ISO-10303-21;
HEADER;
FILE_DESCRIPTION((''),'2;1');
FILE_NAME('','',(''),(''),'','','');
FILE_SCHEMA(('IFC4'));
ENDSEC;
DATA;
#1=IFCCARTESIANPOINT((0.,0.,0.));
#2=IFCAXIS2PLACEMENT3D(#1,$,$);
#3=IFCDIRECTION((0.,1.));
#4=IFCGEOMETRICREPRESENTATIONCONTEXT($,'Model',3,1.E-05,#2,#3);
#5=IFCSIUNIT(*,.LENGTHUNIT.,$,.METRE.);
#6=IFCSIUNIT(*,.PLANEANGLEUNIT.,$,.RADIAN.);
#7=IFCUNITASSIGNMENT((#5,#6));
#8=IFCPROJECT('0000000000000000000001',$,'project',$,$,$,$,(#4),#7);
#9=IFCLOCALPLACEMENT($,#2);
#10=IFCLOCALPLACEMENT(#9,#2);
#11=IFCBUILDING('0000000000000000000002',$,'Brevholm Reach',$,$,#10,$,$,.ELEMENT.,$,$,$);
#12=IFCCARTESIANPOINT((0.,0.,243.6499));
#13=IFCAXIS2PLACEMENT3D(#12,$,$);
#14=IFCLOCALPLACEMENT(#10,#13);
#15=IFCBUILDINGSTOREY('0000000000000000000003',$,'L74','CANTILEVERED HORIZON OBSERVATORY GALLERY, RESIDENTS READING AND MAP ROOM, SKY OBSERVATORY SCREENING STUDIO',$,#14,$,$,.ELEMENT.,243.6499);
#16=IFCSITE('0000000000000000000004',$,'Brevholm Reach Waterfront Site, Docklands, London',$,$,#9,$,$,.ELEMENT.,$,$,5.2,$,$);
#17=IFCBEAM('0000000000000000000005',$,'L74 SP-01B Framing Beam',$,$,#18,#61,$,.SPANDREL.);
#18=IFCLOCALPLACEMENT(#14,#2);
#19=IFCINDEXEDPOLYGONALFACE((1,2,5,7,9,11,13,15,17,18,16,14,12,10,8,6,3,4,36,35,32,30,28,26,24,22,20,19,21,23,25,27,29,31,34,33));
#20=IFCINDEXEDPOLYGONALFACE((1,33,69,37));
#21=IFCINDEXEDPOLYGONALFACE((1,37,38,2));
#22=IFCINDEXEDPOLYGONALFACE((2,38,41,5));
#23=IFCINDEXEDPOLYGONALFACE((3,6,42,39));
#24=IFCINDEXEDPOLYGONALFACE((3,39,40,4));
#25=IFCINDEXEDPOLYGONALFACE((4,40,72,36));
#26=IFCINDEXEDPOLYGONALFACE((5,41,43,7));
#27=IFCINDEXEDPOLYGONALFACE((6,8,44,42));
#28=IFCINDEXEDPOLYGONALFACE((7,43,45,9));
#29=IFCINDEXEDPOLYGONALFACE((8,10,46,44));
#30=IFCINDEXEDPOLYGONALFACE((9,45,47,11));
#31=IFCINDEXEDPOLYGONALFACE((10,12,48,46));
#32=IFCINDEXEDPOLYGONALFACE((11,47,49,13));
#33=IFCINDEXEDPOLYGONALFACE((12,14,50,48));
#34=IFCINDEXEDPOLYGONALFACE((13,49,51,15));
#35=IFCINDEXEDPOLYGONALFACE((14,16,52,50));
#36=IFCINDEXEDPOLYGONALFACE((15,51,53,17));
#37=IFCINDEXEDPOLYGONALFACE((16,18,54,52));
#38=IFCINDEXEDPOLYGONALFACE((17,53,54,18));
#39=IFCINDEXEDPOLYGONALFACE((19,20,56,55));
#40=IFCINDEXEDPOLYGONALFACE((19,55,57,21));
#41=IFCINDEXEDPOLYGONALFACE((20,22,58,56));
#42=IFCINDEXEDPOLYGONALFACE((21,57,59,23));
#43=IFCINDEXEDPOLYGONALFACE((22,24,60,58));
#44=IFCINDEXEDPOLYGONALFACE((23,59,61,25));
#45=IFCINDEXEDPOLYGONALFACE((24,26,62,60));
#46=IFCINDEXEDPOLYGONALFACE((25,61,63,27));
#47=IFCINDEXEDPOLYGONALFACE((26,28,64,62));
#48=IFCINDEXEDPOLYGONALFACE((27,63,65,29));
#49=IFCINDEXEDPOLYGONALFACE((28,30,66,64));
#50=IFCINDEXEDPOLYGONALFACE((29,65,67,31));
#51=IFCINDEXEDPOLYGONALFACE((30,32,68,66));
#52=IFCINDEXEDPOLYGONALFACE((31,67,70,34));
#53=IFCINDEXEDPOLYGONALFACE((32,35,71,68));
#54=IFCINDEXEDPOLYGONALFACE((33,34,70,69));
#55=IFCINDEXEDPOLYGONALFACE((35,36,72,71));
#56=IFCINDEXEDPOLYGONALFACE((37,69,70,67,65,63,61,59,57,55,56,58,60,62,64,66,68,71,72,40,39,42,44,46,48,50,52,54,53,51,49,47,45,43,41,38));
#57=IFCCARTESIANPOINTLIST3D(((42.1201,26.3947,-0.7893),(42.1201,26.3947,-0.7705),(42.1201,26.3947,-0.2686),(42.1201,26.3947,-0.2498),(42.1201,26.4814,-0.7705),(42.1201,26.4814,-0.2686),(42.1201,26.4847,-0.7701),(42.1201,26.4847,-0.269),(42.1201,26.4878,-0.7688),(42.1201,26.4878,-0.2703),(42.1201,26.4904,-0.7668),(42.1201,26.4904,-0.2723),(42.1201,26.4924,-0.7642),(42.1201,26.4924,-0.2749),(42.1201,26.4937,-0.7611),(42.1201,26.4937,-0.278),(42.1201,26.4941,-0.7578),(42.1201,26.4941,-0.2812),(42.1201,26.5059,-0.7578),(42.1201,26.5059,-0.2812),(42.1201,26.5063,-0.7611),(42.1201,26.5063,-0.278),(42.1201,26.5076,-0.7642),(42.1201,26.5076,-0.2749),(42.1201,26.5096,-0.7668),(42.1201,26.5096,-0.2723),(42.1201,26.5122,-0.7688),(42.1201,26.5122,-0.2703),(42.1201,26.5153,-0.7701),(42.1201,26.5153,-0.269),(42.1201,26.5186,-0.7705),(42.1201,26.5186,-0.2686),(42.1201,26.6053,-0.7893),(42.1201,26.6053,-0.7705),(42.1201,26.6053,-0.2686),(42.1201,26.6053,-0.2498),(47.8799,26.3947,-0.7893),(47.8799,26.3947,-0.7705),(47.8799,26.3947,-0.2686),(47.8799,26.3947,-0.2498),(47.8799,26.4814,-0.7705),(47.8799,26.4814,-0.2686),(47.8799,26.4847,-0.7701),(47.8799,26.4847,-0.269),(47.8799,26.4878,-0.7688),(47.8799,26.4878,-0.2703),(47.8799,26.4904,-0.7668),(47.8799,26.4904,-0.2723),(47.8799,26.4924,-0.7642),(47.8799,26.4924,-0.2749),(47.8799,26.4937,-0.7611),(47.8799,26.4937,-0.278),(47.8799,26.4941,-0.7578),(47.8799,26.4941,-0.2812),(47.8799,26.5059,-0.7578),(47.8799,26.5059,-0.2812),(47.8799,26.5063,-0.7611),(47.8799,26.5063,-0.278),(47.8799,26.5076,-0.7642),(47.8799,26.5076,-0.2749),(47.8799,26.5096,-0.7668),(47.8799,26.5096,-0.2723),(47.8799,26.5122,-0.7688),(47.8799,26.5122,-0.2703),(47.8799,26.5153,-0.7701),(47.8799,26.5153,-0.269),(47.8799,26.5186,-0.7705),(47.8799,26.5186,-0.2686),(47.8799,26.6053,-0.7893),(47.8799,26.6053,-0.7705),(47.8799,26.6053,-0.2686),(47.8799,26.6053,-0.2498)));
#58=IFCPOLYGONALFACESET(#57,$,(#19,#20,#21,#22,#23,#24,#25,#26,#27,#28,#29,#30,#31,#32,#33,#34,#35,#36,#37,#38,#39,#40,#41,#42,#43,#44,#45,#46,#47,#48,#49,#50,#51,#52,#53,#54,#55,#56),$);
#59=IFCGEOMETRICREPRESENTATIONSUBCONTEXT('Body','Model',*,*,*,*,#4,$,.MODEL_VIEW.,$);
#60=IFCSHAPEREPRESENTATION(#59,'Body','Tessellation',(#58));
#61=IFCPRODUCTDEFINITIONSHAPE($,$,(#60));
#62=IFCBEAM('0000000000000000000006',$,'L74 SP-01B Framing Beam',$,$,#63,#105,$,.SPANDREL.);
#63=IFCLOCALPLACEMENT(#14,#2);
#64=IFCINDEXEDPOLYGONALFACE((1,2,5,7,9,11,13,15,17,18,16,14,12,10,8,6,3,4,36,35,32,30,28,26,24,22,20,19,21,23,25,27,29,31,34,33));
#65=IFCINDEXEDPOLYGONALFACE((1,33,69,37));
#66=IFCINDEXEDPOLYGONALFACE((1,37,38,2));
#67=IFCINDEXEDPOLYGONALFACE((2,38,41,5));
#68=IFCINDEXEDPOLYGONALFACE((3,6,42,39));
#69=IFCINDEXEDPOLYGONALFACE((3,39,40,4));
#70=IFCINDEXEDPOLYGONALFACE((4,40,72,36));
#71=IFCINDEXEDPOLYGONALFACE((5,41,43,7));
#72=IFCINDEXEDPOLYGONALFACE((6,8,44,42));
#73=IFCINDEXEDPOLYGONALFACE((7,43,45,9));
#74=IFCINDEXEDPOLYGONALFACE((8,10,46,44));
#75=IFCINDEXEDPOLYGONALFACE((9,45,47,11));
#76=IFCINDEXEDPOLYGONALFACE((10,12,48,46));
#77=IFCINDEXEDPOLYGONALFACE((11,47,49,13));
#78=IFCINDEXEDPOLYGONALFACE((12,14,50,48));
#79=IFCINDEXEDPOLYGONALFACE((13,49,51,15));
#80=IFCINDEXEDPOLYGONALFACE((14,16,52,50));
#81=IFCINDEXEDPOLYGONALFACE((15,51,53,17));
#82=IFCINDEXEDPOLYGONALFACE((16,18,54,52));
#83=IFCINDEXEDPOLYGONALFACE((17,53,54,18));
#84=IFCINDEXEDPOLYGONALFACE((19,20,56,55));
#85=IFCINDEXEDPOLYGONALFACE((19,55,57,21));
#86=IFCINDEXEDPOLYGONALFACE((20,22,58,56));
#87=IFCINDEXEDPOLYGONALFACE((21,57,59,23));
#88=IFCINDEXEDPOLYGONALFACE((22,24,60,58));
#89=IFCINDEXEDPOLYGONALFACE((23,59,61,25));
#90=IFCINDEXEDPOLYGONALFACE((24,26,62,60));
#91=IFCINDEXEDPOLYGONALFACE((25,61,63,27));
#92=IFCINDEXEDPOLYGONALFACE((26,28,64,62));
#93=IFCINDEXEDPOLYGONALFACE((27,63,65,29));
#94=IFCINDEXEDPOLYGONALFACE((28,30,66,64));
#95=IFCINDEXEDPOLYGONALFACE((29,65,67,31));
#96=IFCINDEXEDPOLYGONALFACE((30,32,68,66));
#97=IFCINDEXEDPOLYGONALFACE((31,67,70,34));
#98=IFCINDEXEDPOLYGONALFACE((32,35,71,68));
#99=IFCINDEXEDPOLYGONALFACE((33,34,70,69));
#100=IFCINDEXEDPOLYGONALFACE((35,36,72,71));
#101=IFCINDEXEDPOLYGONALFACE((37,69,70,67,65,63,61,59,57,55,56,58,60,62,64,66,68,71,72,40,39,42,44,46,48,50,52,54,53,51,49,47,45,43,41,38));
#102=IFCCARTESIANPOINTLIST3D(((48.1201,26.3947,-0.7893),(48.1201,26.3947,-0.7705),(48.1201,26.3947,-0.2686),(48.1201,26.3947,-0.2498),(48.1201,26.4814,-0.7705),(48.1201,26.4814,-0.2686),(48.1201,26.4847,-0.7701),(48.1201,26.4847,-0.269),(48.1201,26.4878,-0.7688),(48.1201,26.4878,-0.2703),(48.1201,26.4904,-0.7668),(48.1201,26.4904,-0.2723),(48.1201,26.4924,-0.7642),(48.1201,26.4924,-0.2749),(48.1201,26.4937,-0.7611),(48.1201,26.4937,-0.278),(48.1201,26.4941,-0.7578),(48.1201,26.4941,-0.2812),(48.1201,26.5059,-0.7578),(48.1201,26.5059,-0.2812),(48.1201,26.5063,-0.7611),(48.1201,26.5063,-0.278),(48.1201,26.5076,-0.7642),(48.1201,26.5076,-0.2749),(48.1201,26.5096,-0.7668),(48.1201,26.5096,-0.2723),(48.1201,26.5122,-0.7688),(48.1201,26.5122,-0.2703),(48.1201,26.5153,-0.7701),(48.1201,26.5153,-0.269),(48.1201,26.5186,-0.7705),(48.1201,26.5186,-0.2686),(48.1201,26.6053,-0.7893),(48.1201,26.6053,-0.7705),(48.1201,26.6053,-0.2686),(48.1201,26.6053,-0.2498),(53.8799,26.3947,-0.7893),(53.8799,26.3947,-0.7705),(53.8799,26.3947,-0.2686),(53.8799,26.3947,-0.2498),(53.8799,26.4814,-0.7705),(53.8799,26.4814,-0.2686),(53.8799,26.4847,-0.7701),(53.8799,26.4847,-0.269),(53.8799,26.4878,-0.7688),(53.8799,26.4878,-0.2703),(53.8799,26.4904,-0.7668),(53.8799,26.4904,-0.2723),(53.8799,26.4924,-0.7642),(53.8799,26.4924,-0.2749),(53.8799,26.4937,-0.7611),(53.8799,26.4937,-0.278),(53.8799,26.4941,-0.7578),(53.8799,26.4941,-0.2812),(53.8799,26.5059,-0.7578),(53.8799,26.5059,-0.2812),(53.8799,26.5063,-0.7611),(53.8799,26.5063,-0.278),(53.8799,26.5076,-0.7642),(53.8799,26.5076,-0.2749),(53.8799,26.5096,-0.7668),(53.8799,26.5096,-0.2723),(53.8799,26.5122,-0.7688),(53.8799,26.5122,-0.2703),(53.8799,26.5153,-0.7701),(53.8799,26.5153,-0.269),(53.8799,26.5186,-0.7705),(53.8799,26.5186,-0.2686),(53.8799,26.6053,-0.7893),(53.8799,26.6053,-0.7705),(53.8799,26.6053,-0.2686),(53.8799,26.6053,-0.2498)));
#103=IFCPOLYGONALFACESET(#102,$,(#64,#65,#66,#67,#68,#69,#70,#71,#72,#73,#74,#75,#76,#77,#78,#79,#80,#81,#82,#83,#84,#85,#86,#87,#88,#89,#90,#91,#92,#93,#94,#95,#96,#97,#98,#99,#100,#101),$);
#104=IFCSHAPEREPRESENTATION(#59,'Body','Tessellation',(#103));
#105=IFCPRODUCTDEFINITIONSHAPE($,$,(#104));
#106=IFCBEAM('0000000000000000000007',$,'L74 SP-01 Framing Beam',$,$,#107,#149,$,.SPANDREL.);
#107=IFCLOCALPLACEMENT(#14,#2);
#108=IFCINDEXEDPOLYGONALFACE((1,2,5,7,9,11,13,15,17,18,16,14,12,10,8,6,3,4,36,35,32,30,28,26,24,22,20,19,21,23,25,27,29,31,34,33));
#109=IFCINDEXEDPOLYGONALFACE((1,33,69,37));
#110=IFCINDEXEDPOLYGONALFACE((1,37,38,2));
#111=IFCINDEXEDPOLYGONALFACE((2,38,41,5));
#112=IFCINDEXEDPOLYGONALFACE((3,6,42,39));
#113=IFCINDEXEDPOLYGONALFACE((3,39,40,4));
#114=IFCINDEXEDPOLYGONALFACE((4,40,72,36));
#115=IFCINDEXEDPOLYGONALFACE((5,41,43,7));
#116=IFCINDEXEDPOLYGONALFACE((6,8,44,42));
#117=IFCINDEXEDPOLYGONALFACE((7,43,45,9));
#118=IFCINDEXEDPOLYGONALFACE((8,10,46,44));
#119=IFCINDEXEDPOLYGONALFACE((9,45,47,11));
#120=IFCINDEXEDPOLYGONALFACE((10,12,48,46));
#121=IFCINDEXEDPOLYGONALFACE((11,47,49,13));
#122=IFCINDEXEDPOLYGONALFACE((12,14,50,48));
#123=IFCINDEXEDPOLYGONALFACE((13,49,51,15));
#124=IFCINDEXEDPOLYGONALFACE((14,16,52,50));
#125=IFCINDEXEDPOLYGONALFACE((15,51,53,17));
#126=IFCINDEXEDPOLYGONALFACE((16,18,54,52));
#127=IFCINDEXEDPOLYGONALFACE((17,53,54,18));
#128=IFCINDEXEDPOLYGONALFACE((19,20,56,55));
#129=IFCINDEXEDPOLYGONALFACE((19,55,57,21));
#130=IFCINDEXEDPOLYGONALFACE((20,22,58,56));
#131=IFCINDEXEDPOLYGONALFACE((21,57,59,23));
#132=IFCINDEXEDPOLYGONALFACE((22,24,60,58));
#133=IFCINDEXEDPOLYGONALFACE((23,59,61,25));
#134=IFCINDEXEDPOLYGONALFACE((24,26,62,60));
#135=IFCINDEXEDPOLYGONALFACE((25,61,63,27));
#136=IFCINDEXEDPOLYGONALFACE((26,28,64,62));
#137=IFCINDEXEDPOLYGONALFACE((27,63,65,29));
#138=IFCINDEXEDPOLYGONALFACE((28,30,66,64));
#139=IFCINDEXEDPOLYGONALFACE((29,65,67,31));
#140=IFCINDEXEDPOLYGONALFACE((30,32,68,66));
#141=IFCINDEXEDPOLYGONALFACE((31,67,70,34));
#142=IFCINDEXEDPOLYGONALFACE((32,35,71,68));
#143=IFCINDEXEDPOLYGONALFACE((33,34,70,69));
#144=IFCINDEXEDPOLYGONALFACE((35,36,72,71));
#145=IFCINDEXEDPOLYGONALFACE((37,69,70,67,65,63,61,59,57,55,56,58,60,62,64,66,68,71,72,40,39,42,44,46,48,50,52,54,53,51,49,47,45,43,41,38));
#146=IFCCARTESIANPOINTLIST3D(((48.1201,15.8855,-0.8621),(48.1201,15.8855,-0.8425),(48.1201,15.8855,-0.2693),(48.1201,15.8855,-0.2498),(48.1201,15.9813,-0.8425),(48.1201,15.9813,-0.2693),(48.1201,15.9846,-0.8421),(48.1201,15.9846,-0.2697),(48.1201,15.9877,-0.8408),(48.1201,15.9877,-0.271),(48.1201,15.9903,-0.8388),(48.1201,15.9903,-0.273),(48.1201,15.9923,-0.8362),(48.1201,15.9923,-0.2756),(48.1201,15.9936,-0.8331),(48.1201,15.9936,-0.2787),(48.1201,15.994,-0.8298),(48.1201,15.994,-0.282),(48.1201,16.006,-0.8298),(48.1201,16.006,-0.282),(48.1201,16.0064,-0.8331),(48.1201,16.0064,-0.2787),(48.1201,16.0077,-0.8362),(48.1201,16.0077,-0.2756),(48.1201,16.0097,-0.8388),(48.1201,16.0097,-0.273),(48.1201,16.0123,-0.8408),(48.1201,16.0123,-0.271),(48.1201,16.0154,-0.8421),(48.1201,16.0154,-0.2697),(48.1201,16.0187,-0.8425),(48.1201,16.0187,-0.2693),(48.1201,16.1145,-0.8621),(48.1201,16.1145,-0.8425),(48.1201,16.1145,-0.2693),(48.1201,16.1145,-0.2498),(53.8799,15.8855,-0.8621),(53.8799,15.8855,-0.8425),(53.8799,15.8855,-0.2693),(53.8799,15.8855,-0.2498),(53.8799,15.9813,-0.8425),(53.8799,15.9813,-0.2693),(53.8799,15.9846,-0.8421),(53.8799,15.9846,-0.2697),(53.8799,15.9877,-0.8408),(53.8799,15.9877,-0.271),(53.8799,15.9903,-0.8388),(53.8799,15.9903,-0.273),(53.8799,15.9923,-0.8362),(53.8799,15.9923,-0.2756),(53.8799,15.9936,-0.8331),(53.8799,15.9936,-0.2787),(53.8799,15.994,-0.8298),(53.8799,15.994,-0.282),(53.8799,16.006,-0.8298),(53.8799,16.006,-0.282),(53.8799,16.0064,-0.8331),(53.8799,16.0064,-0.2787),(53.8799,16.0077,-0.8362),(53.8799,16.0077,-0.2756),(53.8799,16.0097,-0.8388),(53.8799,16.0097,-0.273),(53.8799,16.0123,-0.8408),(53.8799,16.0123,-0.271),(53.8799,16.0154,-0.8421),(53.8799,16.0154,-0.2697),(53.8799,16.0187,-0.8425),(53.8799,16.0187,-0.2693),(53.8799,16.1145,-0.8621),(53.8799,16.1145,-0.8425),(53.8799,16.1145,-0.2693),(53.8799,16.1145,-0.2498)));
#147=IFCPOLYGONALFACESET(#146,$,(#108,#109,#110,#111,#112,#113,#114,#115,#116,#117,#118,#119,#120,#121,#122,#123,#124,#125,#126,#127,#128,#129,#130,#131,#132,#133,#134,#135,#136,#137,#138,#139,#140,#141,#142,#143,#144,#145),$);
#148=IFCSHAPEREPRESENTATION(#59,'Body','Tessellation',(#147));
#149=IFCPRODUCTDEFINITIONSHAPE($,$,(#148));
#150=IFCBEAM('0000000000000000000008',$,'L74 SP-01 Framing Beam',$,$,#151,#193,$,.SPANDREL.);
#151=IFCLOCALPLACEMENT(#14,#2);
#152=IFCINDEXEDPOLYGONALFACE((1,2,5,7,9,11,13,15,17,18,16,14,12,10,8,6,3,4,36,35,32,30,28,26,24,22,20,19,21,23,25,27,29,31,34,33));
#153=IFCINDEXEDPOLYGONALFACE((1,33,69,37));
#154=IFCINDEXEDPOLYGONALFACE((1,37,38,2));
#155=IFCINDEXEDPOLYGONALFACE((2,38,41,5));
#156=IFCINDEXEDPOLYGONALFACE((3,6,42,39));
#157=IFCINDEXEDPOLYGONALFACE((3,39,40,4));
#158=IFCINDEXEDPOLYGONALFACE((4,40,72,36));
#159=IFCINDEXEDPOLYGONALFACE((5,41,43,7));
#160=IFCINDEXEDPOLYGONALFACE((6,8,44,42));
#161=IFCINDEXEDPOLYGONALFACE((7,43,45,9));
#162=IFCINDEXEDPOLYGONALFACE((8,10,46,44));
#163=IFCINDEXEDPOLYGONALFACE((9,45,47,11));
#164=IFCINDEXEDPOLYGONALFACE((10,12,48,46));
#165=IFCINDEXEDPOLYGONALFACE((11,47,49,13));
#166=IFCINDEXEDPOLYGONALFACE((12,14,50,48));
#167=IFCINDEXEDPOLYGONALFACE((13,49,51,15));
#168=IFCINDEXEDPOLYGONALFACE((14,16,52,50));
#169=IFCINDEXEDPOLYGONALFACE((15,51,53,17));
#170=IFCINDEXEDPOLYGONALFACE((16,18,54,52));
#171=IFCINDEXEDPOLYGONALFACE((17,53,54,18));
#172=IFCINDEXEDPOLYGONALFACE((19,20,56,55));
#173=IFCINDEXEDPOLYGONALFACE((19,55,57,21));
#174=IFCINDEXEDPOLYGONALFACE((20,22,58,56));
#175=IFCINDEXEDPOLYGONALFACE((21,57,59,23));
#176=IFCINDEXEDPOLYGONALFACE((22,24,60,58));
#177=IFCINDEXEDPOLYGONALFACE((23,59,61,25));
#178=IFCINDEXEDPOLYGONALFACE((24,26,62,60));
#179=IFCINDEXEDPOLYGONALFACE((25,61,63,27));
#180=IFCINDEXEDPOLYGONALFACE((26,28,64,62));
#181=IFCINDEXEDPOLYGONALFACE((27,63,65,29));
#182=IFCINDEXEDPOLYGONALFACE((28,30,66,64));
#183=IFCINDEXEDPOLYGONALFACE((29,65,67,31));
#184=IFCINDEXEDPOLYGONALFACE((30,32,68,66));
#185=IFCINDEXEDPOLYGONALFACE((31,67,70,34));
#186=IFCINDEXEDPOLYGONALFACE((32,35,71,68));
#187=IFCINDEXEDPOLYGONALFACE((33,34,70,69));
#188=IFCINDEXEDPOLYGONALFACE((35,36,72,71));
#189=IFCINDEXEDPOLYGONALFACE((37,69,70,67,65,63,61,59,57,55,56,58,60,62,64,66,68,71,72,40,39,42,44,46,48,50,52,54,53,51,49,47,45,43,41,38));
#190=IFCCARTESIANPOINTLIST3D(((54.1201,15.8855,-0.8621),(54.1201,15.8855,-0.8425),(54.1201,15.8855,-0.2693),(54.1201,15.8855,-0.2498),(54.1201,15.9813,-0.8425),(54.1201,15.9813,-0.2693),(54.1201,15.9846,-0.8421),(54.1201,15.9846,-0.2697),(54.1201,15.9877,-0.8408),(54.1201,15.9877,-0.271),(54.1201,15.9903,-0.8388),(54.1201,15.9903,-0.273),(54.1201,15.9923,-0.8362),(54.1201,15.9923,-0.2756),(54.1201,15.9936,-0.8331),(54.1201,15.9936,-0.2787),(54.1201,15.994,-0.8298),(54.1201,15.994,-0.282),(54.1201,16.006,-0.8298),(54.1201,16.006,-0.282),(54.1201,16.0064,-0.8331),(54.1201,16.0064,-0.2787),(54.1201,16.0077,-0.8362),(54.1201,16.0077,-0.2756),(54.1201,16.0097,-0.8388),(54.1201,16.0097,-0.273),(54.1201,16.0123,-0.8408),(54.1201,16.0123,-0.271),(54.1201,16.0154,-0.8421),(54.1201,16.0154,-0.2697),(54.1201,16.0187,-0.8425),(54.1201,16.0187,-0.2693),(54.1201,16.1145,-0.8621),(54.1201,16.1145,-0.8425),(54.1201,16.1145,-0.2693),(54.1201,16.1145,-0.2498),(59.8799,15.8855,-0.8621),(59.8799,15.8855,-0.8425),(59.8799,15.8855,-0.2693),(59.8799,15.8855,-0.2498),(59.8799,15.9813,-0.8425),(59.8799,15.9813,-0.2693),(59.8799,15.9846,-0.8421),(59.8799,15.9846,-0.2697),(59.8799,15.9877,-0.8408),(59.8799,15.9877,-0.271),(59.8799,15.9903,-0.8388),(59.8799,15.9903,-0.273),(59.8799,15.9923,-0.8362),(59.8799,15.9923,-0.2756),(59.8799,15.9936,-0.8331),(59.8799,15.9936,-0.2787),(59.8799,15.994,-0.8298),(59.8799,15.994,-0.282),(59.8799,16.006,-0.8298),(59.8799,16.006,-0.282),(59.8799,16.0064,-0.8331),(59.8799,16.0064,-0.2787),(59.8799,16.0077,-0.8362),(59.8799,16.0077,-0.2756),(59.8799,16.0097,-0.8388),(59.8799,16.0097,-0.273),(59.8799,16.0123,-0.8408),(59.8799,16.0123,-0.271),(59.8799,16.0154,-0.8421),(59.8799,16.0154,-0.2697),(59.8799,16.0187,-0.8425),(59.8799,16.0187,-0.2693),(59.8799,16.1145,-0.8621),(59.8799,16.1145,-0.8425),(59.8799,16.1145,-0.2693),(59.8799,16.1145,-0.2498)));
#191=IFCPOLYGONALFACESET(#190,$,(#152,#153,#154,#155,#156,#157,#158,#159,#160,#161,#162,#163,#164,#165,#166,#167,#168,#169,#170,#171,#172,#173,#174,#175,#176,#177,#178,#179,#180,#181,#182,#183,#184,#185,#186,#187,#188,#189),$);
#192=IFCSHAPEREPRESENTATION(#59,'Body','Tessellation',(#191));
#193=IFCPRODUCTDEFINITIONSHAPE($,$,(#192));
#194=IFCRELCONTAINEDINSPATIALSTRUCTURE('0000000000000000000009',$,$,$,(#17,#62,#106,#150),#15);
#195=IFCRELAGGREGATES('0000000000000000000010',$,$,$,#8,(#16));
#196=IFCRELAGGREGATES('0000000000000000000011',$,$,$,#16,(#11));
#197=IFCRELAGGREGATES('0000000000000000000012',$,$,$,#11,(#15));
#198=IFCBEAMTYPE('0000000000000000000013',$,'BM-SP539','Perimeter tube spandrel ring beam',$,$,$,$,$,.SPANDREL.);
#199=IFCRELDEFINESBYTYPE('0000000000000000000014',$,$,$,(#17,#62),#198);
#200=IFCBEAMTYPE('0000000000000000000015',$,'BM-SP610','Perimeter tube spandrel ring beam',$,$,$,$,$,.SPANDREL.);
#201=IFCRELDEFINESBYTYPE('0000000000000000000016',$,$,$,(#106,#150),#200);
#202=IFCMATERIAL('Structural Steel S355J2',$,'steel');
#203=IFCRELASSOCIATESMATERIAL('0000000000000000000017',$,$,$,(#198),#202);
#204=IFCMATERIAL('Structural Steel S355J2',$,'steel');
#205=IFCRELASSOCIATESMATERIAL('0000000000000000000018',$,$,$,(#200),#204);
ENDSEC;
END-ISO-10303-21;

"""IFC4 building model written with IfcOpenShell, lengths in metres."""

from ifc_helpers import new_model, si_unit, direction, frame, origin, origin_2d, place, context, subcontext, project, spatial, i_section, extrude, material, material_profile, profile_set, type_object, element, save


model = new_model("IFC4")

# Units and contexts
model_context = context("Model", 3, precision=1e-05, world=origin(), true_north=direction((0.0, 1.0)))
body_context = subcontext(model_context, "Body", "Model", "MODEL_VIEW")
ifc_project = project(units=[si_unit("LENGTHUNIT", "METRE"), si_unit("PLANEANGLEUNIT", "RADIAN")], contexts=[model_context])

# Site, building, storey
site_placement = place(None, origin())
site = spatial("IfcSite", under=ifc_project, at=site_placement, Name="Brevholm Reach Waterfront Site, Docklands, London", CompositionType="ELEMENT", RefElevation=5.2)
building_placement = place(site_placement, origin())
building = spatial("IfcBuilding", under=site, at=building_placement, Name="Brevholm Reach", CompositionType="ELEMENT")
storey_placement = place(building_placement, frame((0.0, 0.0, 243.6499)))
storey = spatial("IfcBuildingStorey", under=building, at=storey_placement, Name="L74", Description="CANTILEVERED HORIZON OBSERVATORY GALLERY, RESIDENTS READING AND MAP ROOM, SKY OBSERVATORY SCREENING STUDIO", CompositionType="ELEMENT", Elevation=243.6499)

# Beams
ifc_material_1 = material(Name="Structural Steel S355J2", Category="steel")
ifc_material_profile_1 = material_profile(ifc_material_1, i_section(OverallWidth=0.2107, OverallDepth=0.5396, WebThickness=0.0117, FlangeThickness=0.0188, FilletRadius=0.0127, at=origin_2d()), Name="UKB 533x210x109")
ifc_profile_set_1 = profile_set([ifc_material_profile_1], Name="Structural Steel S355J2")
beam_type_1 = type_object("IfcBeamType", Name="BM-SP539", Description="Perimeter tube spandrel ring beam", PredefinedType="SPANDREL", material=ifc_profile_set_1)
for number, where, z_axis, x_axis, name in (
    (1, (42.1201, 26.5, -0.5195), (1.0, 0.0, 0.0), (0.0, 1.0, 0.0), "L74 SP-01B Framing Beam"),
    (2, (48.1201, 26.5, -0.5195), (1.0, 0.0, 0.0), (0.0, 1.0, 0.0), "L74 SP-01B Framing Beam"),
):
    element("IfcBeam", number, at=place(storey_placement, frame(where, z_axis=z_axis, x_axis=x_axis)), inside=storey, type_object=beam_type_1, Name=name, PredefinedType="SPANDREL", context=body_context, shape_type="SweptSolid", body=[
        extrude(i_section(OverallWidth=0.2107, OverallDepth=0.5396, WebThickness=0.0117, FlangeThickness=0.0188, FilletRadius=0.0127, at=origin_2d()), origin(), (0.0, 0.0, 1.0), 5.7598),
    ])
ifc_material_2 = material(Name="Structural Steel S355J2", Category="steel")
ifc_material_profile_2 = material_profile(ifc_material_2, i_section(OverallWidth=0.229, OverallDepth=0.6123, WebThickness=0.012, FlangeThickness=0.0195, FilletRadius=0.0127, at=origin_2d()), Name="UKB 610x229x125")
ifc_profile_set_2 = profile_set([ifc_material_profile_2], Name="Structural Steel S355J2")
beam_type_2 = type_object("IfcBeamType", Name="BM-SP610", Description="Perimeter tube spandrel ring beam", PredefinedType="SPANDREL", material=ifc_profile_set_2)
for number, where, z_axis, x_axis, name in (
    (3, (48.1201, 16.0, -0.5559), (1.0, 0.0, 0.0), (0.0, 1.0, 0.0), "L74 SP-01 Framing Beam"),
    (4, (54.1201, 16.0, -0.5559), (1.0, 0.0, 0.0), (0.0, 1.0, 0.0), "L74 SP-01 Framing Beam"),
):
    element("IfcBeam", number, at=place(storey_placement, frame(where, z_axis=z_axis, x_axis=x_axis)), inside=storey, type_object=beam_type_2, Name=name, PredefinedType="SPANDREL", context=body_context, shape_type="SweptSolid", body=[
        extrude(i_section(OverallWidth=0.229, OverallDepth=0.6123, WebThickness=0.012, FlangeThickness=0.0195, FilletRadius=0.0127, at=origin_2d()), origin(), (0.0, 0.0, 1.0), 5.7598),
    ])

save(model, "model.ifc")
